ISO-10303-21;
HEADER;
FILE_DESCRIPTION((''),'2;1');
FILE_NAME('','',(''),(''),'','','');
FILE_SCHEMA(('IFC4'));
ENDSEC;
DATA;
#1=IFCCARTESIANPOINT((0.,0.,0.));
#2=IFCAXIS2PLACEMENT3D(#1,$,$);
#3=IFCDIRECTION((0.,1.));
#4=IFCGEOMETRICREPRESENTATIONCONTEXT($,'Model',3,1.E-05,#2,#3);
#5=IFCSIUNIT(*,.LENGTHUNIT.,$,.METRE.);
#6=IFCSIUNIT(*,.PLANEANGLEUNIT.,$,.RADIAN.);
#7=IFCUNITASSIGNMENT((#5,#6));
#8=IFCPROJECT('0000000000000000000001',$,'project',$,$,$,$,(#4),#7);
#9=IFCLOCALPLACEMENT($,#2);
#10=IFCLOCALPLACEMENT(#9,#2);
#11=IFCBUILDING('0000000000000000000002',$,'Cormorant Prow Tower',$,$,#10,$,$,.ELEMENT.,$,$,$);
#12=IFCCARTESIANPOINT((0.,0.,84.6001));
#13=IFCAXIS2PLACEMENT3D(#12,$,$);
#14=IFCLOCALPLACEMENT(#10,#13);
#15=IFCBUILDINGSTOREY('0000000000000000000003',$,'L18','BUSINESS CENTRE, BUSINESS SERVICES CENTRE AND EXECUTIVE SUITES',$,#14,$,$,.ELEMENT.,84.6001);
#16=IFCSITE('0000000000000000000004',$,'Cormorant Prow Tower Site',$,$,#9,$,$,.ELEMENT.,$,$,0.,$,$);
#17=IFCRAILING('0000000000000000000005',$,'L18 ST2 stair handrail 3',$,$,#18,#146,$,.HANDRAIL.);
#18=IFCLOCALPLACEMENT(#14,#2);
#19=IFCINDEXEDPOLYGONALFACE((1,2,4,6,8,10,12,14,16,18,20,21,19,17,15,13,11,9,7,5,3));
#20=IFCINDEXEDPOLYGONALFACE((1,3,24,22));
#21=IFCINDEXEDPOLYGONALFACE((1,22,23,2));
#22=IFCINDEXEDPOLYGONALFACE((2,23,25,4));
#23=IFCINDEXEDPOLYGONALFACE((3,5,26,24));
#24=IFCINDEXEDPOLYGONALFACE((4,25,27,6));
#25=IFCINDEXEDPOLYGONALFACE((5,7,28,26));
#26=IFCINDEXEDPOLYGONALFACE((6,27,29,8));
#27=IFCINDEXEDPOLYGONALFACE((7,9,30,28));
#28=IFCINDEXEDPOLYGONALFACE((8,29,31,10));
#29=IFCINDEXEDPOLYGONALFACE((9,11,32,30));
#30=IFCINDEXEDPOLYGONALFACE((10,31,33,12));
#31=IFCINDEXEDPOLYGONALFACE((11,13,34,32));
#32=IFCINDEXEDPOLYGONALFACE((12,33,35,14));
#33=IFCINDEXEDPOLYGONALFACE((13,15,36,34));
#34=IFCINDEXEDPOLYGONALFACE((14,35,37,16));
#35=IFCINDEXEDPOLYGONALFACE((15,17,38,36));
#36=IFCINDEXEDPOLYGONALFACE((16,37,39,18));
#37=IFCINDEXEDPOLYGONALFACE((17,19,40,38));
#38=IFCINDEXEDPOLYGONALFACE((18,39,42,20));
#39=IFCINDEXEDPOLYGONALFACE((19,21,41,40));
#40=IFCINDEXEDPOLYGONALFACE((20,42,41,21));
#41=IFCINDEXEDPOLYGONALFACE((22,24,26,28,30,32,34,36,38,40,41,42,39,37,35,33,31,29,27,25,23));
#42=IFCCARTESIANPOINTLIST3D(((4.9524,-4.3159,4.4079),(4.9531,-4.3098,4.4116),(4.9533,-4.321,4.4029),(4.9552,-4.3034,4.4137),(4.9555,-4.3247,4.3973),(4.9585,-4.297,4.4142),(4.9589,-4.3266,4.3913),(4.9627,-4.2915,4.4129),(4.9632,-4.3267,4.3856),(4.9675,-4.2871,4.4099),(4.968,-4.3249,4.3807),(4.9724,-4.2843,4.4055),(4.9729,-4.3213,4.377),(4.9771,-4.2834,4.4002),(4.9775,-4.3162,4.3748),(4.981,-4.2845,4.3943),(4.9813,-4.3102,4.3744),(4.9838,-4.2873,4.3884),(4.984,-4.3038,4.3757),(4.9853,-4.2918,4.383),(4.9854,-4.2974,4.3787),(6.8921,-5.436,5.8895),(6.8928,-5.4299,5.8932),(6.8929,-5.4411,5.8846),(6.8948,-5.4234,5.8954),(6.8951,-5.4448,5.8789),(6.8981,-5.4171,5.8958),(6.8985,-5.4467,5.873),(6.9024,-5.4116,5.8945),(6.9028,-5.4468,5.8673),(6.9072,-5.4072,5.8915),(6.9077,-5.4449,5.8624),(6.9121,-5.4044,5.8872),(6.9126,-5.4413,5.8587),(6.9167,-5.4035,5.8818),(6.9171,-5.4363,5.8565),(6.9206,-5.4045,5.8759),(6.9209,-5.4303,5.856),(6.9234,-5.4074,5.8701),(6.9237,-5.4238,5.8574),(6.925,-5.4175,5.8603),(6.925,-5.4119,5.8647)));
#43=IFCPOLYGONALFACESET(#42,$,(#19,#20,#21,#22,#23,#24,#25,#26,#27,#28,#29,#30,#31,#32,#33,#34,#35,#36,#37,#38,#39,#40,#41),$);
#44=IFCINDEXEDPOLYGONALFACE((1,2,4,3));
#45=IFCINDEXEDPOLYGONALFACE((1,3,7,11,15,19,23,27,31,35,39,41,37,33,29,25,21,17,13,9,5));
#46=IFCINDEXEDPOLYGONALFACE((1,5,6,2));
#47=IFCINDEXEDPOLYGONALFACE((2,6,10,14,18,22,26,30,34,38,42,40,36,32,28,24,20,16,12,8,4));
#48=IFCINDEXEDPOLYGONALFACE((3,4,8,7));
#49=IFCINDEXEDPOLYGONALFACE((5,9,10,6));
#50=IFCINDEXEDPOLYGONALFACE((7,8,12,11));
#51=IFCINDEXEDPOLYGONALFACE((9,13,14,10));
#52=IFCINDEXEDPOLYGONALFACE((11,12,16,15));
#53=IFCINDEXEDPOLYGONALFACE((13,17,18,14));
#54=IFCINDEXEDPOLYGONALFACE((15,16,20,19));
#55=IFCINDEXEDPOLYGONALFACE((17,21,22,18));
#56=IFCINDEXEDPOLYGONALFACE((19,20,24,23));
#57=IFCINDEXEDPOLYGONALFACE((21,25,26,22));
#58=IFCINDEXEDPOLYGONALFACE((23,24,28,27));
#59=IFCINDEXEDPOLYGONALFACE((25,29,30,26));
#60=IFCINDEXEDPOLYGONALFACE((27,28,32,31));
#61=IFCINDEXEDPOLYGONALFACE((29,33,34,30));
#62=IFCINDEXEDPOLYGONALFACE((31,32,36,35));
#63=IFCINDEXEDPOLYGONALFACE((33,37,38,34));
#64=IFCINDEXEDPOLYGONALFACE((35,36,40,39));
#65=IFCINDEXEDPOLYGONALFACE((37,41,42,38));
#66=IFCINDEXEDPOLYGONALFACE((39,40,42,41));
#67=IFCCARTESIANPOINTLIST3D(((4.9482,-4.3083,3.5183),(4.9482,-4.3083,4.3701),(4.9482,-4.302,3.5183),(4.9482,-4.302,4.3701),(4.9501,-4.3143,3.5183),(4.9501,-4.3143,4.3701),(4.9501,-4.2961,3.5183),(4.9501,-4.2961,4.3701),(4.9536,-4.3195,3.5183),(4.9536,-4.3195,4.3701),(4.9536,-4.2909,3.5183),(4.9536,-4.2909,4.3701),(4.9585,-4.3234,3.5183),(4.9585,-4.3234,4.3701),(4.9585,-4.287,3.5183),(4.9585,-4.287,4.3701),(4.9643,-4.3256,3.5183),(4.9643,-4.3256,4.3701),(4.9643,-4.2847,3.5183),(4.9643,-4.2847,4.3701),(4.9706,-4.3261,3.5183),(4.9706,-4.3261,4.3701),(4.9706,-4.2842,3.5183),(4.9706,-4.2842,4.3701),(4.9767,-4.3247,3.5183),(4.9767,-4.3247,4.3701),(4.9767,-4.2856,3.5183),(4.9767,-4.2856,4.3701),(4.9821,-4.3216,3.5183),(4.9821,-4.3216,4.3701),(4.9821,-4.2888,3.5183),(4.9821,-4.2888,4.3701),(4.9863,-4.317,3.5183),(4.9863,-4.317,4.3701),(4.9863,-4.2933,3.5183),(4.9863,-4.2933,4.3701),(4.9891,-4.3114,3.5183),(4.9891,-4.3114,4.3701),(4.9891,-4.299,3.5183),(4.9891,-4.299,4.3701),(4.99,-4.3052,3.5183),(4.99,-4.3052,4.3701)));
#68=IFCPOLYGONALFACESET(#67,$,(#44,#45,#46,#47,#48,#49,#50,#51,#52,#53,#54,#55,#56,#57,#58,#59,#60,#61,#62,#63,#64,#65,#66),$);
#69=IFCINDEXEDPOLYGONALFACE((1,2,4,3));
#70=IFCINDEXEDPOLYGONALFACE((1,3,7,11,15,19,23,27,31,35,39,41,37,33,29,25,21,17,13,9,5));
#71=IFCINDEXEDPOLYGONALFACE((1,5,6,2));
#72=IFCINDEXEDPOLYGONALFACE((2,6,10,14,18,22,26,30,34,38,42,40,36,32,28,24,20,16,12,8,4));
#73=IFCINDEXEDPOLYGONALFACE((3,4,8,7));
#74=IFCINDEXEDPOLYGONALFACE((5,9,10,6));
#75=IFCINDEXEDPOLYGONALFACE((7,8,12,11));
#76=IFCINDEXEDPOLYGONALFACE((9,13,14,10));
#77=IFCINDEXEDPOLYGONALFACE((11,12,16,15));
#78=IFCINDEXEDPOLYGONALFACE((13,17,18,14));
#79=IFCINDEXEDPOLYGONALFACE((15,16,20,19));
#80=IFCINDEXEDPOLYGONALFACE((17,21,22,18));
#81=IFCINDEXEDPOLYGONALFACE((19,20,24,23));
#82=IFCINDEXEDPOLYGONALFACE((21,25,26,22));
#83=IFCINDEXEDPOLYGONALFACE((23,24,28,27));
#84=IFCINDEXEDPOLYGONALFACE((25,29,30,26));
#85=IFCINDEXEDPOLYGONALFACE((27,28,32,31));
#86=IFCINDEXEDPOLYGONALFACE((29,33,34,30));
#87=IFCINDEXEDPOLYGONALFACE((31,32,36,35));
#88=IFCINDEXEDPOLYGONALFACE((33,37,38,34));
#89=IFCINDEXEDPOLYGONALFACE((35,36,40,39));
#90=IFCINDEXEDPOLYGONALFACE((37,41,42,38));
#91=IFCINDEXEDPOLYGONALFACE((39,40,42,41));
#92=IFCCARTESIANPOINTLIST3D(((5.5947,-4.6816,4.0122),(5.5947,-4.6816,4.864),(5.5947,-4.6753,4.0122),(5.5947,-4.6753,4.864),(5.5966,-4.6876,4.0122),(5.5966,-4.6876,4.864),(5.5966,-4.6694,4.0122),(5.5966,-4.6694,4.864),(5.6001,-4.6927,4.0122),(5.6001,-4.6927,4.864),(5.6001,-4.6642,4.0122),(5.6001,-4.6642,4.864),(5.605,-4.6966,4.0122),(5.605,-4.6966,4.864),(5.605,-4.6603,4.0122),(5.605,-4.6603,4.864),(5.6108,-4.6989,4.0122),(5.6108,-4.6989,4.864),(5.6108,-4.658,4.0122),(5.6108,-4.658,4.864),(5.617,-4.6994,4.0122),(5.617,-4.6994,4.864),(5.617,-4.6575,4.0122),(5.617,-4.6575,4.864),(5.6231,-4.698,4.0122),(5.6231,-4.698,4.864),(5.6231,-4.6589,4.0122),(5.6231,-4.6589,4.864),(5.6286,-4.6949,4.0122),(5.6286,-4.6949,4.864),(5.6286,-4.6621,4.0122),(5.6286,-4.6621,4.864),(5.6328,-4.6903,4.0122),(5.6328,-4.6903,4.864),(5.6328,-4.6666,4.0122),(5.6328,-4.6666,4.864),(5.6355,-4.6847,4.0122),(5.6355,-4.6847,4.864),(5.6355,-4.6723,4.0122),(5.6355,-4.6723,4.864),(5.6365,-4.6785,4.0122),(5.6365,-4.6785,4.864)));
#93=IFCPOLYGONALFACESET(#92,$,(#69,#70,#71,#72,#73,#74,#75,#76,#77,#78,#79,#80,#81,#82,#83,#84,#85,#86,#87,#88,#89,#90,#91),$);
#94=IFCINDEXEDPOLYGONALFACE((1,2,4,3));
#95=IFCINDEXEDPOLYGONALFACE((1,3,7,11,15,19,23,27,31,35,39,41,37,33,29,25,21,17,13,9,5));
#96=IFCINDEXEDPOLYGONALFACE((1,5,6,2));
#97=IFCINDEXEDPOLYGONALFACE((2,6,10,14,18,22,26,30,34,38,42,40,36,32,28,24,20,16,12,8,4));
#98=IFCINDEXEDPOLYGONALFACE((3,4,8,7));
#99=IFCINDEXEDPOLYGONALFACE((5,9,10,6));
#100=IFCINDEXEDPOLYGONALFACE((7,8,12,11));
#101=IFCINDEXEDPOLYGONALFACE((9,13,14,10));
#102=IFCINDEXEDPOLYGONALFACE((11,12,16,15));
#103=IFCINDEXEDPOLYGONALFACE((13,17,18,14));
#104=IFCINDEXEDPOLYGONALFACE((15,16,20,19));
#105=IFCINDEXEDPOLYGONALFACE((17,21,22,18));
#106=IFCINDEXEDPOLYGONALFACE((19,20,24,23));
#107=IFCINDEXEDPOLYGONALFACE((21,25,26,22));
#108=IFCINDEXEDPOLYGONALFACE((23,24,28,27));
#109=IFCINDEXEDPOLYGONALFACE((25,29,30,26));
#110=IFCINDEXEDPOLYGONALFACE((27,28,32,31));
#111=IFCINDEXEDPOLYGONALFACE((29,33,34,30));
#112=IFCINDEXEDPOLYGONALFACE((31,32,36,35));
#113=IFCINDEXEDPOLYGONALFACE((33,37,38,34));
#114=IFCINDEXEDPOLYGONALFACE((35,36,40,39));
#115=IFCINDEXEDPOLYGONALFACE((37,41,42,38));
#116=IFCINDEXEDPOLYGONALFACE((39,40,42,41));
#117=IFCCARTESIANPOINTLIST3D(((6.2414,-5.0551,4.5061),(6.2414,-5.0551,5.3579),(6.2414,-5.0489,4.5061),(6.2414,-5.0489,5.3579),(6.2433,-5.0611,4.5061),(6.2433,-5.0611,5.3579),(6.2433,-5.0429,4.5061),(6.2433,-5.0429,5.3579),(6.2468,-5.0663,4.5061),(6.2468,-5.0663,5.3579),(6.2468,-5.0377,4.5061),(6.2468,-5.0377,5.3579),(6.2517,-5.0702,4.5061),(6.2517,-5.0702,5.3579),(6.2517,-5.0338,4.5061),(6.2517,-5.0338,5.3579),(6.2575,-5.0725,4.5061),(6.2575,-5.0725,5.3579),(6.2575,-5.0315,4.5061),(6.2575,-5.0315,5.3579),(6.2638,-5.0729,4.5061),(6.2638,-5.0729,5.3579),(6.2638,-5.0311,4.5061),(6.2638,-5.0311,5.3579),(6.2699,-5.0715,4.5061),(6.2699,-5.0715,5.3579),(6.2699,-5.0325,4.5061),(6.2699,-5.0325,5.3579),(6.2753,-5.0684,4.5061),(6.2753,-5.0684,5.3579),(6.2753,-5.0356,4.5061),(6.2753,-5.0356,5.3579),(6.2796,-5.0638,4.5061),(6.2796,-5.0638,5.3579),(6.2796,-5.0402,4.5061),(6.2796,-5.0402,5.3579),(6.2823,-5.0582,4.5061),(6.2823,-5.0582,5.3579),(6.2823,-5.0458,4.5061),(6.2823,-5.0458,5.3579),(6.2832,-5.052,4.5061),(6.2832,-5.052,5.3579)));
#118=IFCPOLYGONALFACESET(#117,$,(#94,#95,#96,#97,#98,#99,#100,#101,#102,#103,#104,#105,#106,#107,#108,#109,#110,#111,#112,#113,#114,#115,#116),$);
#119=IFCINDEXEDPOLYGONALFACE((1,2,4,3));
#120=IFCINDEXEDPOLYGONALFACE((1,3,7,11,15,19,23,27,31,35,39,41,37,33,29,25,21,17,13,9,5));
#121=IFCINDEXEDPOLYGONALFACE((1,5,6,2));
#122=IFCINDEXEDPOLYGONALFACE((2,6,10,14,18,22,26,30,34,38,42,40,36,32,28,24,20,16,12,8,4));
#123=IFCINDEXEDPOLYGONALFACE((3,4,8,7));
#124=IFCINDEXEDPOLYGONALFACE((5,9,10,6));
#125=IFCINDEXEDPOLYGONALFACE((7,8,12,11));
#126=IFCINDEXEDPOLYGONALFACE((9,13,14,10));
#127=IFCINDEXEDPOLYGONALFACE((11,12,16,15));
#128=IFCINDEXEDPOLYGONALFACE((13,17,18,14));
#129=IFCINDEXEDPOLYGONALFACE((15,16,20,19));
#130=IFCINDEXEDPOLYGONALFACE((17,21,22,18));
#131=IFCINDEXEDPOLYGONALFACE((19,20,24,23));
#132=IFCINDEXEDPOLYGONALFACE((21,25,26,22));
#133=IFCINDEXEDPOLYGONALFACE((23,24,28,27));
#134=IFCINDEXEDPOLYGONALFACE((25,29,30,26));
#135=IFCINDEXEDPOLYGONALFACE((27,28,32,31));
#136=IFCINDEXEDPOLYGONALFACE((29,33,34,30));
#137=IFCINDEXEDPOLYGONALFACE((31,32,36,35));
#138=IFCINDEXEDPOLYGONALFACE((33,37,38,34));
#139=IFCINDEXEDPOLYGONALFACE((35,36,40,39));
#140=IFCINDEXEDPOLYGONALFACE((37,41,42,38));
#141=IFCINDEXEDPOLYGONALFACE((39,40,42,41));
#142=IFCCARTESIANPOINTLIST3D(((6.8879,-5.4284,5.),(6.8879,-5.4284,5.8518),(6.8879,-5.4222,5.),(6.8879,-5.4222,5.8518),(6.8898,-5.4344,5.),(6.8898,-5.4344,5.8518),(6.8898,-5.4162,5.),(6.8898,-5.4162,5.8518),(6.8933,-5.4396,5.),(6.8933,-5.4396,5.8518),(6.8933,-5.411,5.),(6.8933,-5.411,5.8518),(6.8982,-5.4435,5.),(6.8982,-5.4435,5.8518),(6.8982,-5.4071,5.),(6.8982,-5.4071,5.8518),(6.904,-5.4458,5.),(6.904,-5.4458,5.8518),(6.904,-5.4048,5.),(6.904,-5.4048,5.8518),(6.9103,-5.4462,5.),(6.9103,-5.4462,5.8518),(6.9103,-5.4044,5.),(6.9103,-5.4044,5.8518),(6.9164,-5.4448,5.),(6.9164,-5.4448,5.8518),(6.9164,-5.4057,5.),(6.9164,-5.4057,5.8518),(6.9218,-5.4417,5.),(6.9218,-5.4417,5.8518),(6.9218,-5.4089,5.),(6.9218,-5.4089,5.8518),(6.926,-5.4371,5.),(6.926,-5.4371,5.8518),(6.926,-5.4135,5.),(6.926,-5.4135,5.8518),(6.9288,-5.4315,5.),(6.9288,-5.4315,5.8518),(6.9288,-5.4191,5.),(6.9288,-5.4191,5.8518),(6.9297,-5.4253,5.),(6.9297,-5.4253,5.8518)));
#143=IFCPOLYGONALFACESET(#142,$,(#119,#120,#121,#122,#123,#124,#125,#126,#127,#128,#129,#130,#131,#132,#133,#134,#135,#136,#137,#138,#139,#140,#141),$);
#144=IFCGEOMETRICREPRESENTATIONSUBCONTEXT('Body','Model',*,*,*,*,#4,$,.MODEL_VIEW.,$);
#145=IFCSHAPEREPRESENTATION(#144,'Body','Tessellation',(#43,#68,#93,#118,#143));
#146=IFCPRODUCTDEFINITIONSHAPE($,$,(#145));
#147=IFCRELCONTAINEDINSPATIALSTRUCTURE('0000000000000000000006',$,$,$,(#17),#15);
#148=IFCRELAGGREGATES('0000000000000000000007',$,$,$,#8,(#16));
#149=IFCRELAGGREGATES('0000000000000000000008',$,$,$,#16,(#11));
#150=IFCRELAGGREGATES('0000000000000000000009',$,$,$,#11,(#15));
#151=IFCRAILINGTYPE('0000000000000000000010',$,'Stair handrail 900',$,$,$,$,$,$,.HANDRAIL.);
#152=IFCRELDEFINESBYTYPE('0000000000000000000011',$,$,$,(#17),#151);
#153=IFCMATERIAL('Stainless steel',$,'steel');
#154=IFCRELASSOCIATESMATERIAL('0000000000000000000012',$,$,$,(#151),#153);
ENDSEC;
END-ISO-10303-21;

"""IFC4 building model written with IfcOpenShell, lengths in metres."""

from ifc_helpers import new_model, si_unit, direction, frame, origin, origin_2d, place, context, subcontext, project, spatial, circle, extrude, material, type_object, element, save


model = new_model("IFC4")

# Units and contexts
model_context = context("Model", 3, precision=1e-05, world=origin(), true_north=direction((0.0, 1.0)))
body_context = subcontext(model_context, "Body", "Model", "MODEL_VIEW")
ifc_project = project(units=[si_unit("LENGTHUNIT", "METRE"), si_unit("PLANEANGLEUNIT", "RADIAN")], contexts=[model_context])

# Site, building, storey
site_placement = place(None, origin())
site = spatial("IfcSite", under=ifc_project, at=site_placement, Name="Cormorant Prow Tower Site", CompositionType="ELEMENT", RefElevation=0.0)
building_placement = place(site_placement, origin())
building = spatial("IfcBuilding", under=site, at=building_placement, Name="Cormorant Prow Tower", CompositionType="ELEMENT")
storey_placement = place(building_placement, frame((0.0, 0.0, 84.6001)))
storey = spatial("IfcBuildingStorey", under=building, at=storey_placement, Name="L18", Description="BUSINESS CENTRE, BUSINESS SERVICES CENTRE AND EXECUTIVE SUITES", CompositionType="ELEMENT", Elevation=84.6001)

# Railing
ifc_material_1 = material(Name="Stainless steel", Category="steel")
railing_type_1 = type_object("IfcRailingType", Name="Stair handrail 900", PredefinedType="HANDRAIL", material=ifc_material_1)
railing_1_placement = place(storey_placement, frame((4.969, -4.3052, 3.5183)))
element("IfcRailing", 1, at=railing_1_placement, inside=storey, type_object=railing_type_1, Name="L18 ST2 stair handrail 3", PredefinedType="HANDRAIL", context=body_context, shape_type="SweptSolid", body=[
    extrude(circle(Radius=0.0239, at=origin_2d()), frame((0.0, 0.0, 0.876), z_axis=(0.722256, -0.417081, 0.551715), x_axis=(0.500078, 0.86598, 0.0)), (0.0, 0.0, 1.0), 2.6855),
    extrude(circle(Radius=0.021, at=origin_2d()), origin(), (0.0, 0.0, 1.0), 0.8518),
    extrude(circle(Radius=0.021, at=origin_2d()), frame((0.6465, -0.3733, 0.4939)), (0.0, 0.0, 1.0), 0.8518),
    extrude(circle(Radius=0.021, at=origin_2d()), frame((1.2932, -0.7468, 0.9878)), (0.0, 0.0, 1.0), 0.8518),
    extrude(circle(Radius=0.021, at=origin_2d()), frame((1.9397, -1.1201, 1.4817)), (0.0, 0.0, 1.0), 0.8518),
])

save(model, "model.ifc")
